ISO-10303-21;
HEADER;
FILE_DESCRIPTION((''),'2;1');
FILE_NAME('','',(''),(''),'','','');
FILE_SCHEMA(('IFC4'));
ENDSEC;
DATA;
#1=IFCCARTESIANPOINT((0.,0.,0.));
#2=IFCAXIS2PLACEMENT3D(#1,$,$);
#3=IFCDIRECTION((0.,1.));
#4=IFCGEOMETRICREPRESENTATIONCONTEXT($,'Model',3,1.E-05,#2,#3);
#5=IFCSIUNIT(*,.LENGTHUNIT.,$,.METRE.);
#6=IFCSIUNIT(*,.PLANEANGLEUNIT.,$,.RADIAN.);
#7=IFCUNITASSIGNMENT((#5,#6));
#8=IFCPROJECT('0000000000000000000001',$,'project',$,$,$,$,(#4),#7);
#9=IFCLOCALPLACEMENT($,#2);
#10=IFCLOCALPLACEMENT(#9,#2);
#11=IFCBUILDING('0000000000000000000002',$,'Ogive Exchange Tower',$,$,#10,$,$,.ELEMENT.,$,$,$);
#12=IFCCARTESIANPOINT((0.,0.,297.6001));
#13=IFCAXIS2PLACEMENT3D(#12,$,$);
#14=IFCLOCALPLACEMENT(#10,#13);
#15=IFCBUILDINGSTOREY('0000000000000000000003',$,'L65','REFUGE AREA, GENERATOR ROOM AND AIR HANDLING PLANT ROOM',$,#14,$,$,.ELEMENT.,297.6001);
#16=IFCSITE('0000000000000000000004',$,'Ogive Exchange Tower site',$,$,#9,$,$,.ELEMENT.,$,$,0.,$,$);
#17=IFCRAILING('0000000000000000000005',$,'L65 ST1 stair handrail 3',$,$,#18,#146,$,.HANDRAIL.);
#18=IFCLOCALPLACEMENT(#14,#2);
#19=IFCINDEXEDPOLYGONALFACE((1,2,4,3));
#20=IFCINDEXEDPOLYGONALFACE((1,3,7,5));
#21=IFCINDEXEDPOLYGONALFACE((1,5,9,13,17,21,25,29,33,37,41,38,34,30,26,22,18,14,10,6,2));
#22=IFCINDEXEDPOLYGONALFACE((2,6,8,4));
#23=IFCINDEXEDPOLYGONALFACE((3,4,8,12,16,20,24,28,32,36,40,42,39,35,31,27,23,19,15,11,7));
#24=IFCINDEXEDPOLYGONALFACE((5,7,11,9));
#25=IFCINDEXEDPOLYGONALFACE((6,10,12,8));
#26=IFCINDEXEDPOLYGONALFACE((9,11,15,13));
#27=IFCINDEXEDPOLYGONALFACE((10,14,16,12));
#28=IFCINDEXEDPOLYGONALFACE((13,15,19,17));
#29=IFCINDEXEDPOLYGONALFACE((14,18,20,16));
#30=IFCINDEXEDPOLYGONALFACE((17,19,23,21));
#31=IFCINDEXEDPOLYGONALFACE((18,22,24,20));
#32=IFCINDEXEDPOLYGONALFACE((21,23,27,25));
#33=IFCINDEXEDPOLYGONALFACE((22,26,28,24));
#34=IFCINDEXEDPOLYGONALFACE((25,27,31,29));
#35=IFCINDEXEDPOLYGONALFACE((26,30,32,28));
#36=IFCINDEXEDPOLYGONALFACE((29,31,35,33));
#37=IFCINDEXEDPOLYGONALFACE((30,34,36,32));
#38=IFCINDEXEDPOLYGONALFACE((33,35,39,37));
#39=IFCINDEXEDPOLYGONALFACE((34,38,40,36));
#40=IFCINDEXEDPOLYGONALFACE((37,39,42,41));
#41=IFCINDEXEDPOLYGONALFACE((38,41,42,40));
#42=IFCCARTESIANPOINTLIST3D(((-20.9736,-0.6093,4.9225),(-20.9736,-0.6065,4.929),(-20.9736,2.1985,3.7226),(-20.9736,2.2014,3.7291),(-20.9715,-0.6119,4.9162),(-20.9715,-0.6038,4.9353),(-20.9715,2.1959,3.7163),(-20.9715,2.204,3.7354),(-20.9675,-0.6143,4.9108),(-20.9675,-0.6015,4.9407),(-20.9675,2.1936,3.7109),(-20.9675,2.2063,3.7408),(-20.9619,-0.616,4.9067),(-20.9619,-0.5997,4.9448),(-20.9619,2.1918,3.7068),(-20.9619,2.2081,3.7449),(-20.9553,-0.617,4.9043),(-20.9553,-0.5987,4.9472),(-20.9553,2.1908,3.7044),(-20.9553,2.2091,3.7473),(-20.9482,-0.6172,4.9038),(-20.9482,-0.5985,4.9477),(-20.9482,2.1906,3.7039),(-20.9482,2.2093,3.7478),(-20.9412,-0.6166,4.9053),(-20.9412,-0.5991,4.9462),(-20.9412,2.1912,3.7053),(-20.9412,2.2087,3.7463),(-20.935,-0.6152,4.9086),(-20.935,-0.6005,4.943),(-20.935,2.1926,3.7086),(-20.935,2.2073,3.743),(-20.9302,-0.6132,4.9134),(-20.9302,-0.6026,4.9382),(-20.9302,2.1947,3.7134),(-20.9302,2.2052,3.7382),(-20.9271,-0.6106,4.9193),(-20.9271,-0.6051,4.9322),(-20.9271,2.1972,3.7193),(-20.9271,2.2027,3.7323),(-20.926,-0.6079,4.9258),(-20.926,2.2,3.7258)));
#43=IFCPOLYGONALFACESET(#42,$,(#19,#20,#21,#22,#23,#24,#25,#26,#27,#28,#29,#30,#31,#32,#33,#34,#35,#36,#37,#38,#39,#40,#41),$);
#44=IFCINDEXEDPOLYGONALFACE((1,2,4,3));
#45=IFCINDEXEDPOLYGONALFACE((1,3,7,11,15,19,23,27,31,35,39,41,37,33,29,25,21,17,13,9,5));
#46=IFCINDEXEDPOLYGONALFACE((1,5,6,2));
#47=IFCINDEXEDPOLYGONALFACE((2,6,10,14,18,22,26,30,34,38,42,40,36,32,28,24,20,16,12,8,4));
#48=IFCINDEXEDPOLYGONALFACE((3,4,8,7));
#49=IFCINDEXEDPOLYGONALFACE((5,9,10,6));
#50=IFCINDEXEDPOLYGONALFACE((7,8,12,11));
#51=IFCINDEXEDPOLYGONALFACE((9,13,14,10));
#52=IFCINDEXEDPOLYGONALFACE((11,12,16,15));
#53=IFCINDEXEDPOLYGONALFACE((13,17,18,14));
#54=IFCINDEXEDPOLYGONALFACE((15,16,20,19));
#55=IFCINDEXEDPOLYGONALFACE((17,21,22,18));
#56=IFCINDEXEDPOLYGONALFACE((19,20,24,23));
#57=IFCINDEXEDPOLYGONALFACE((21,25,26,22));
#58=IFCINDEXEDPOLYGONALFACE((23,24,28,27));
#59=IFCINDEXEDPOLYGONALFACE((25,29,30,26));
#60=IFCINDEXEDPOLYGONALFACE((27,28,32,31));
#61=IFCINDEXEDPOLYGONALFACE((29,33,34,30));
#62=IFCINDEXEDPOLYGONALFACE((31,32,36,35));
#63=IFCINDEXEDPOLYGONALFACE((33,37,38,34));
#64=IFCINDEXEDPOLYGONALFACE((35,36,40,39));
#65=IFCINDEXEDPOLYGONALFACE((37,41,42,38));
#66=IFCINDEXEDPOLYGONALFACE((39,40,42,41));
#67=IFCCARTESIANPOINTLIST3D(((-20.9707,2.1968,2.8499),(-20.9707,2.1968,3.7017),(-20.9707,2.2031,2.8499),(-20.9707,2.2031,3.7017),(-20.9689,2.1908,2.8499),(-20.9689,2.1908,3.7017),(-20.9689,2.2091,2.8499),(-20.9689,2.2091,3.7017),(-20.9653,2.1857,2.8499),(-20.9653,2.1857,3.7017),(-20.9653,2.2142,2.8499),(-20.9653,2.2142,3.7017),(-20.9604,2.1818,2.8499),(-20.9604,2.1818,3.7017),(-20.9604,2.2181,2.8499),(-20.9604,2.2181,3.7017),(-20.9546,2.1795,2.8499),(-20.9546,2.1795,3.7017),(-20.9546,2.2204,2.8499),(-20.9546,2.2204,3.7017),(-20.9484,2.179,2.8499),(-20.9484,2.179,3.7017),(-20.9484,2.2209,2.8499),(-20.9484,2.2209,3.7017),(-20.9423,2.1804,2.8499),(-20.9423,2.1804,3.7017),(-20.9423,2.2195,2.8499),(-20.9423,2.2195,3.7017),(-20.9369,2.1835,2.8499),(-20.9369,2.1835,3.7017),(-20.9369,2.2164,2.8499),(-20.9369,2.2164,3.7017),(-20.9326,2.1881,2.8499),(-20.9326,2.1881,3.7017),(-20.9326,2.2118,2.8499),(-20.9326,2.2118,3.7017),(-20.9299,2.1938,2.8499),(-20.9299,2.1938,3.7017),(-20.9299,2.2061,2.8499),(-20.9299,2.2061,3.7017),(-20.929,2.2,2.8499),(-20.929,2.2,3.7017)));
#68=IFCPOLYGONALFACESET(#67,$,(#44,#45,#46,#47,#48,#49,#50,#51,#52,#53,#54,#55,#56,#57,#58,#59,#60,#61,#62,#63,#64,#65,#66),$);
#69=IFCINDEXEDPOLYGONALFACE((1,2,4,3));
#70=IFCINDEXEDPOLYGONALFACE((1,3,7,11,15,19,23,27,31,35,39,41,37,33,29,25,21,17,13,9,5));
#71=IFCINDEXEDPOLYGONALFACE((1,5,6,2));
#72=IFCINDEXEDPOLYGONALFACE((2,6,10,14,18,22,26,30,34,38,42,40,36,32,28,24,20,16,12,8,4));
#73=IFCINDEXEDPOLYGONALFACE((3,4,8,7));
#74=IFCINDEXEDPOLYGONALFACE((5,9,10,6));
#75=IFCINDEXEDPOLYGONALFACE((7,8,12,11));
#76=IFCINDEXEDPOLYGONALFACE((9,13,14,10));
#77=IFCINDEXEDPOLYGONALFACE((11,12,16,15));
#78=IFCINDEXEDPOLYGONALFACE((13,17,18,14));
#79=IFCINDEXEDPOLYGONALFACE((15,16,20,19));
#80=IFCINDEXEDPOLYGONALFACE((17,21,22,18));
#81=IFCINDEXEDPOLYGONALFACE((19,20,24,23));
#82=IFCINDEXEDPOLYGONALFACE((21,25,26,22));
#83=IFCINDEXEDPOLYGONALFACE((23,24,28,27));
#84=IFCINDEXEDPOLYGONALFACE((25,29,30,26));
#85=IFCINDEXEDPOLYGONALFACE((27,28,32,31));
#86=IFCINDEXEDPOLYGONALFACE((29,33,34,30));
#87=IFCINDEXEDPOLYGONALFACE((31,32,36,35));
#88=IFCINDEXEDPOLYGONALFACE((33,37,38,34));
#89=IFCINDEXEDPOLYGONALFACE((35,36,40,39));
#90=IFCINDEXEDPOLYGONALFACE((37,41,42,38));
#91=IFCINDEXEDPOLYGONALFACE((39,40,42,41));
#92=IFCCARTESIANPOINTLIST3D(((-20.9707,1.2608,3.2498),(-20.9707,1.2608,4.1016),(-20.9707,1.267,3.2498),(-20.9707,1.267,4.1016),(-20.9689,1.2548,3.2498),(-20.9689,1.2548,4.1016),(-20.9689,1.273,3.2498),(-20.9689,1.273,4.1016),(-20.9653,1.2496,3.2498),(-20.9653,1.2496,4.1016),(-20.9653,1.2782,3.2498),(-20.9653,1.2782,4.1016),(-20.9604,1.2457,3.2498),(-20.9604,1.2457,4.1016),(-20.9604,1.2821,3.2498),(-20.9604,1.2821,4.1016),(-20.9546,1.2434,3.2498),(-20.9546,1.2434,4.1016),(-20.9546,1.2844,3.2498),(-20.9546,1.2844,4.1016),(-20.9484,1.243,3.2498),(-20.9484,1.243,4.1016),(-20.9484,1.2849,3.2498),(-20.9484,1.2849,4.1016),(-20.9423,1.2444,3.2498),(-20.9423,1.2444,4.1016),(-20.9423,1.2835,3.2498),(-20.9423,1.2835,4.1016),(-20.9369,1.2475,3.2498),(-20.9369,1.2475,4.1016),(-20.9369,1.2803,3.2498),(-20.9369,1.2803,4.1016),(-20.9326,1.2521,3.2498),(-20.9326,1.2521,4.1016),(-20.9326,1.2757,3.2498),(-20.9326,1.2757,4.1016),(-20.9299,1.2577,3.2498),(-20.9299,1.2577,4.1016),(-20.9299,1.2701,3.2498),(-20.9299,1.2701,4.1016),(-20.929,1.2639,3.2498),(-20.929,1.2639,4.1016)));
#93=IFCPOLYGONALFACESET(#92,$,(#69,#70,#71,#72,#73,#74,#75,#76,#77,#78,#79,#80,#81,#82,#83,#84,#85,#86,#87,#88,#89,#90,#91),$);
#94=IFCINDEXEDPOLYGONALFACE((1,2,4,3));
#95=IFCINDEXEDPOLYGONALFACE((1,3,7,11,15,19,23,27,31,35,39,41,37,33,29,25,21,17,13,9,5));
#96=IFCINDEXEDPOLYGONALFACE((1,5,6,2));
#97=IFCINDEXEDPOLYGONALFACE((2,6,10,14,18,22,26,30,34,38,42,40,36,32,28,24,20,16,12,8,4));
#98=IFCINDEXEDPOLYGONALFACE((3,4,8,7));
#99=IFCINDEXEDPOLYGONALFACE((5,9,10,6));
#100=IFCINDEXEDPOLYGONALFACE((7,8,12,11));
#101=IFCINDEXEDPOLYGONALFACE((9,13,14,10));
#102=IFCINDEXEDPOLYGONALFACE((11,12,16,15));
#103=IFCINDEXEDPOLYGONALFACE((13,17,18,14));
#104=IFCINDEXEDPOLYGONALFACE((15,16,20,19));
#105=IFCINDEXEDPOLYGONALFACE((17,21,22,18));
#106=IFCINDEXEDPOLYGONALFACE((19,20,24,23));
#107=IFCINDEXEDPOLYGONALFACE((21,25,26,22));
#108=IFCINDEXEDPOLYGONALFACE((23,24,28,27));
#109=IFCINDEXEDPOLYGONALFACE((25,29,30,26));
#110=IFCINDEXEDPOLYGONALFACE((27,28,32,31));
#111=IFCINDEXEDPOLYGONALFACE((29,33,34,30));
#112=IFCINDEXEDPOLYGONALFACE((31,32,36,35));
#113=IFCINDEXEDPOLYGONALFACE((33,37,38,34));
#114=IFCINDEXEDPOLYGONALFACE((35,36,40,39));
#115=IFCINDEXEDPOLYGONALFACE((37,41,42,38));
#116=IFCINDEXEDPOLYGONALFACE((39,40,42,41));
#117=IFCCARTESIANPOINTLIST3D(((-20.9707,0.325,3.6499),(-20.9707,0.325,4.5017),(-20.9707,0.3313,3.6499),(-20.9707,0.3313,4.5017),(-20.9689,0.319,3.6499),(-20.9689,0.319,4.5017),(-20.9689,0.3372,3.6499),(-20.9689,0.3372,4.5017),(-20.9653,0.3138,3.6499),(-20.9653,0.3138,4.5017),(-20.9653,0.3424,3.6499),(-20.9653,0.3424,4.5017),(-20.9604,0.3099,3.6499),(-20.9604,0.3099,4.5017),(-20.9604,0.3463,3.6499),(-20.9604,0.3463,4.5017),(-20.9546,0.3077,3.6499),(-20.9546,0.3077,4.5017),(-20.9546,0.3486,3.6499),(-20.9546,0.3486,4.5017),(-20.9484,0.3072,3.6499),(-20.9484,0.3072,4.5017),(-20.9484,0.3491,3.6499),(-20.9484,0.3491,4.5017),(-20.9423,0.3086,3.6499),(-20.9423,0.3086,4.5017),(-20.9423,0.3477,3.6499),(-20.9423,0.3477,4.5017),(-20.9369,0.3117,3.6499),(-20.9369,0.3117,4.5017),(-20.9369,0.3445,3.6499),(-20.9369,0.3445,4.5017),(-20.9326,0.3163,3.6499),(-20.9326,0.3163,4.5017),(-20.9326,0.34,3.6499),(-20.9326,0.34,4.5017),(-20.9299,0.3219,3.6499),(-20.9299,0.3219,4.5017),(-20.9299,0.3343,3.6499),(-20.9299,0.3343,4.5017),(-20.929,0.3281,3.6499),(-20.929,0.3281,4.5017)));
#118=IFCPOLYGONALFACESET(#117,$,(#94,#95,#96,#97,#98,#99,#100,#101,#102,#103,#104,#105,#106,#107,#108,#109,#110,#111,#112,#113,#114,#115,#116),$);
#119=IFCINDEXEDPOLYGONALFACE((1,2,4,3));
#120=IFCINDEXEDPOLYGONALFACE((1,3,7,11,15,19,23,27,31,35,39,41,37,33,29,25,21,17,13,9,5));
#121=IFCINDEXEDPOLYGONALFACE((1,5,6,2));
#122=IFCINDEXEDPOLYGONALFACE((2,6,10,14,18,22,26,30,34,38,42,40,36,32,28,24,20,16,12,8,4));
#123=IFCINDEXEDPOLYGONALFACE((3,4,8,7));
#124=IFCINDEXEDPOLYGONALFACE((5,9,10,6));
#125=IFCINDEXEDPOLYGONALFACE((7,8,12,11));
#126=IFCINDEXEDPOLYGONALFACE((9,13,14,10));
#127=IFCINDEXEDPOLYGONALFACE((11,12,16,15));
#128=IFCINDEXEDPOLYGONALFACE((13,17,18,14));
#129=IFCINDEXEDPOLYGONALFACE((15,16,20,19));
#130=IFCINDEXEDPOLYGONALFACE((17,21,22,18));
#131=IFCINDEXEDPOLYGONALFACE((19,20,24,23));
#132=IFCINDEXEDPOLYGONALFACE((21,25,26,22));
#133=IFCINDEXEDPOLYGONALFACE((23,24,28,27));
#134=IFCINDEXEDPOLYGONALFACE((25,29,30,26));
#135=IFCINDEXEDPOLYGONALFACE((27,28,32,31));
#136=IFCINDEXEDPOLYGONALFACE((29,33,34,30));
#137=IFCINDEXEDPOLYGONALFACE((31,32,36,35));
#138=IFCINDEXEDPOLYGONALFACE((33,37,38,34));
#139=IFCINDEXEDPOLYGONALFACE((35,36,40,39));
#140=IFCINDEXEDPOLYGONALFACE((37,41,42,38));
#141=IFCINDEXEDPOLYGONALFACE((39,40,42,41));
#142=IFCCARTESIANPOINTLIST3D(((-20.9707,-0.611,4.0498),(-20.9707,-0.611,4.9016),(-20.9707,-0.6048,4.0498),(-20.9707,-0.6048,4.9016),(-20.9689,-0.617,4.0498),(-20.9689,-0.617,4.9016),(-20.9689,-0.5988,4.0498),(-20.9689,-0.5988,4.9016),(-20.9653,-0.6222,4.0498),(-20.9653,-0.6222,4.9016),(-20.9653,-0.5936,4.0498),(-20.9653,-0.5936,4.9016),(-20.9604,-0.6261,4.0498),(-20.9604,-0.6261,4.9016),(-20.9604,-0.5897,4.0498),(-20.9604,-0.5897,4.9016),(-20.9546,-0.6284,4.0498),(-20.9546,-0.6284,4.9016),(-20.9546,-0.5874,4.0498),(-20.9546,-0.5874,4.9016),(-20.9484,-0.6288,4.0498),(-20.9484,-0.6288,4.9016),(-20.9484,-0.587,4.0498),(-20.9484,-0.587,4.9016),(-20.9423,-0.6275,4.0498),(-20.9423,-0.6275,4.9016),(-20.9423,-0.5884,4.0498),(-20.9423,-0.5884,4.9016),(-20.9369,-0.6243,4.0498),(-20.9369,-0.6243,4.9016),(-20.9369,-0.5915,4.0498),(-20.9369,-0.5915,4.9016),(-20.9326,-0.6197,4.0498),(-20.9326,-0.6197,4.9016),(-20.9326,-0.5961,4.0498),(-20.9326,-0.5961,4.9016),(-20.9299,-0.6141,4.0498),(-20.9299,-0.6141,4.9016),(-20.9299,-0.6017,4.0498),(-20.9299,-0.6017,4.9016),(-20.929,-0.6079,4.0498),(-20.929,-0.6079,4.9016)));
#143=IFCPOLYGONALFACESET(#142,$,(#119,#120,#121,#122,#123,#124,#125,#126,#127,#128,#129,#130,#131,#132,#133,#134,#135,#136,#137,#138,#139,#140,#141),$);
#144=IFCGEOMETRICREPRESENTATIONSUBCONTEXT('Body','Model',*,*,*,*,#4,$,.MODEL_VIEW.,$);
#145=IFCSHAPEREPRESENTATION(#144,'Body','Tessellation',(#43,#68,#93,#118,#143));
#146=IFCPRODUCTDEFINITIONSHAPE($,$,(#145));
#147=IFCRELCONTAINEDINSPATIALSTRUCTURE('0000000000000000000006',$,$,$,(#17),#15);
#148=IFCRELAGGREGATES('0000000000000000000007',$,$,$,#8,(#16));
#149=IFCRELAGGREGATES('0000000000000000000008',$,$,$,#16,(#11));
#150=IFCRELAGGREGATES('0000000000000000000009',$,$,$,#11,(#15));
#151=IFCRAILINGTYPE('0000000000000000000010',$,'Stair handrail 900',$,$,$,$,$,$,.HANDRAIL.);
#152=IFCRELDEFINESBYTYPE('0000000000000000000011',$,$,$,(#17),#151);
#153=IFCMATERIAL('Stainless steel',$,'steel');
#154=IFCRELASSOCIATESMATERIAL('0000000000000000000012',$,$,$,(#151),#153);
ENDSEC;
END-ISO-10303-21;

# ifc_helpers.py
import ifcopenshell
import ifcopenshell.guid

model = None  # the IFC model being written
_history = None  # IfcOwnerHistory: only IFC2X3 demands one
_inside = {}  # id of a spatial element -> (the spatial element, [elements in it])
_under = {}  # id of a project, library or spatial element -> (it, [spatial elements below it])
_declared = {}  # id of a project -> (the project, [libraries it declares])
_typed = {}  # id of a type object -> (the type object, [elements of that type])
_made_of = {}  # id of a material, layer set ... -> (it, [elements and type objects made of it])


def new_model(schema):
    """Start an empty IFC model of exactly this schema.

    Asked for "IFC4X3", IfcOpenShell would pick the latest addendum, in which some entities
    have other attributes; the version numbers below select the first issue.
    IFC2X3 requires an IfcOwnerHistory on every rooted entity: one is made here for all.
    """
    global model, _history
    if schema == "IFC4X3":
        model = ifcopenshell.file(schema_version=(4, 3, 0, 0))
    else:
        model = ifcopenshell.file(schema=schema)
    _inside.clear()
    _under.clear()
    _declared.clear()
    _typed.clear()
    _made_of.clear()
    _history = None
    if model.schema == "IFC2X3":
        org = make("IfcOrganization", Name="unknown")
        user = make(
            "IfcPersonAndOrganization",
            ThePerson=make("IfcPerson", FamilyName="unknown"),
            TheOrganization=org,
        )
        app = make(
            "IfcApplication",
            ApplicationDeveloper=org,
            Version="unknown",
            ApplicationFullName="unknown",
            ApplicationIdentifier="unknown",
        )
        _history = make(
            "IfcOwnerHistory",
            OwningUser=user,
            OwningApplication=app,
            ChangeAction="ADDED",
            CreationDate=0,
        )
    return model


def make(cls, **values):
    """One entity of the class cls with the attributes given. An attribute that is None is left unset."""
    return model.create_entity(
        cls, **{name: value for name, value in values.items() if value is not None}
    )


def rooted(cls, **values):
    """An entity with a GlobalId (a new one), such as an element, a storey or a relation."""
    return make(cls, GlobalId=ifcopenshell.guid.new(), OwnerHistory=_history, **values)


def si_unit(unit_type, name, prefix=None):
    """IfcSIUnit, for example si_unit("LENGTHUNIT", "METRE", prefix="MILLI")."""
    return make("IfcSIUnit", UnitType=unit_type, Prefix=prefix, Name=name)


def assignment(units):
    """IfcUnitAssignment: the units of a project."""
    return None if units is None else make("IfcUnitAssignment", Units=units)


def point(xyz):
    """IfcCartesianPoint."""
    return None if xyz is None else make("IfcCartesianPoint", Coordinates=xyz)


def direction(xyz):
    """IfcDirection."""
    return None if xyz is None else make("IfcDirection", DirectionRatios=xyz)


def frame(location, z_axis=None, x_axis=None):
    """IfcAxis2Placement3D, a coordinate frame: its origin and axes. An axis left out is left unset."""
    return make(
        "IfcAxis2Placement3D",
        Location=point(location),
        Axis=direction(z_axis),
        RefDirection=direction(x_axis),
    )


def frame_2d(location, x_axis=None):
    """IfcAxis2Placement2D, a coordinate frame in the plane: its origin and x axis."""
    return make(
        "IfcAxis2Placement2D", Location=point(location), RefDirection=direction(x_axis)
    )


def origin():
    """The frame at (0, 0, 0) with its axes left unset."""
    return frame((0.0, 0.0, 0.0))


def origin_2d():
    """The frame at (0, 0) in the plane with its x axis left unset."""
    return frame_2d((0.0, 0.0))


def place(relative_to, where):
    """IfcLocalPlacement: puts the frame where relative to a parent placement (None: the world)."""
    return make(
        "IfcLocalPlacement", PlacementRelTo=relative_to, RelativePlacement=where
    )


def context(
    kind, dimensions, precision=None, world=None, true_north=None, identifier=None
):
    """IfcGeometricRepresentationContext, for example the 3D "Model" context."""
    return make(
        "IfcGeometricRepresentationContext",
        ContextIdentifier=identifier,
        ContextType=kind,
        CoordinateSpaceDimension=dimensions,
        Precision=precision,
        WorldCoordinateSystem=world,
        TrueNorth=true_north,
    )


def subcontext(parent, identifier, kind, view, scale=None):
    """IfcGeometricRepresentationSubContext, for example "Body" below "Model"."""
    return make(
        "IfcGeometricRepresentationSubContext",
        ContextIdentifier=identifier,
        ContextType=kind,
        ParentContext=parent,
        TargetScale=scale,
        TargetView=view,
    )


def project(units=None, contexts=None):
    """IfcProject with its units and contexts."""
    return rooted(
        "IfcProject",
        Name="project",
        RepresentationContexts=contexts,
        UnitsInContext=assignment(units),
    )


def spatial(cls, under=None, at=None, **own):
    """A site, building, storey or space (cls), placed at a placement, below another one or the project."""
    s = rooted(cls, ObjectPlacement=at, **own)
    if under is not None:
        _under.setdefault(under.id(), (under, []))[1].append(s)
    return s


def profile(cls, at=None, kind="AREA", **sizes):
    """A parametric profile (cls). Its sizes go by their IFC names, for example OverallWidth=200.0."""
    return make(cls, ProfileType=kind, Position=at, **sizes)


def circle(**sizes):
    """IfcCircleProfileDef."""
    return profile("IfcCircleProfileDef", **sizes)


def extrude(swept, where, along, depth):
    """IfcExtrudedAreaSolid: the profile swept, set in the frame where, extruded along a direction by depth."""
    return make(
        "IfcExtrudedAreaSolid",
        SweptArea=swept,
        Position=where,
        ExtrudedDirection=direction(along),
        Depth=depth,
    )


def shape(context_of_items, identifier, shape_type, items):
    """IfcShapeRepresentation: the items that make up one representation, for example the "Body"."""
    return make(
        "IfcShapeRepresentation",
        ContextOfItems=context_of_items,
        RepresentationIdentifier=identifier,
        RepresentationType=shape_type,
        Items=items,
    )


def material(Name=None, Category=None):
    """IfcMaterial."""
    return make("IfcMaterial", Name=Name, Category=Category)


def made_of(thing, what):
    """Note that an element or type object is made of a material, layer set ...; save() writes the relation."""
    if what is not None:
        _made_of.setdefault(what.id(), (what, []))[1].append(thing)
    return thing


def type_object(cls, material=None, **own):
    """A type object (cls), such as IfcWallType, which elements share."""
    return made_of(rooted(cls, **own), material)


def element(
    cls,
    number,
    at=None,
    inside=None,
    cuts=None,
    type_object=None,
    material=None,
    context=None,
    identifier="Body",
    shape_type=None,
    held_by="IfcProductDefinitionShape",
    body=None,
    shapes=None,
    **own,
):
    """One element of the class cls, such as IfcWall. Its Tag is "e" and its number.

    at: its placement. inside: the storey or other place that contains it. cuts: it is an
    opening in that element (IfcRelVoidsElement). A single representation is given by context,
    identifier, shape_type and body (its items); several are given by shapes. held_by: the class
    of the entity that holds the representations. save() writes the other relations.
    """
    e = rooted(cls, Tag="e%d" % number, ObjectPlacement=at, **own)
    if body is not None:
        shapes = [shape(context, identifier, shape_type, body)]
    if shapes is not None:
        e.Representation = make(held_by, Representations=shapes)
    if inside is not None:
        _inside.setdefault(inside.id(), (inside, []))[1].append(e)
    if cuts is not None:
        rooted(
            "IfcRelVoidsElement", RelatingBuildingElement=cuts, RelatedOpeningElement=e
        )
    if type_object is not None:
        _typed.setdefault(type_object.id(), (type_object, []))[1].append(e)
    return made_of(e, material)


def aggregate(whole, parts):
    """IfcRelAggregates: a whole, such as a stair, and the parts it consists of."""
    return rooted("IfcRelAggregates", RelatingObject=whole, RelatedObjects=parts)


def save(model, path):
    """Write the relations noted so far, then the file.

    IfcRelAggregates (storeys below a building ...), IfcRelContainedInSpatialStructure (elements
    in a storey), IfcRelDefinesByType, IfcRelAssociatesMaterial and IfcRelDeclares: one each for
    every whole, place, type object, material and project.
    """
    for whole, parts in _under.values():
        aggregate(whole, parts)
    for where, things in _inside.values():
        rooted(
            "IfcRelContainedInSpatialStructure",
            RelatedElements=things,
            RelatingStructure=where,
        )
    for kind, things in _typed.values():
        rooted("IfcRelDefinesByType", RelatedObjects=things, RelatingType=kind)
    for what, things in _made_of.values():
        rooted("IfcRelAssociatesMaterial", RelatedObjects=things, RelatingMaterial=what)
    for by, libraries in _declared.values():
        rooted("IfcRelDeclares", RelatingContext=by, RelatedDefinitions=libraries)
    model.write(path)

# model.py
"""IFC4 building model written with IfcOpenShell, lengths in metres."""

from ifc_helpers import new_model, si_unit, direction, frame, origin, origin_2d, place, context, subcontext, project, spatial, circle, extrude, material, type_object, element, save


model = new_model("IFC4")

# Units and contexts
model_context = context("Model", 3, precision=1e-05, world=origin(), true_north=direction((0.0, 1.0)))
body_context = subcontext(model_context, "Body", "Model", "MODEL_VIEW")
ifc_project = project(units=[si_unit("LENGTHUNIT", "METRE"), si_unit("PLANEANGLEUNIT", "RADIAN")], contexts=[model_context])

# Site, building, storey
site_placement = place(None, origin())
site = spatial("IfcSite", under=ifc_project, at=site_placement, Name="Ogive Exchange Tower site", CompositionType="ELEMENT", RefElevation=0.0)
building_placement = place(site_placement, origin())
building = spatial("IfcBuilding", under=site, at=building_placement, Name="Ogive Exchange Tower", CompositionType="ELEMENT")
storey_placement = place(building_placement, frame((0.0, 0.0, 297.6001)))
storey = spatial("IfcBuildingStorey", under=building, at=storey_placement, Name="L65", Description="REFUGE AREA, GENERATOR ROOM AND AIR HANDLING PLANT ROOM", CompositionType="ELEMENT", Elevation=297.6001)

# Shared definitions
ifc_material_1 = material(Name="Stainless steel", Category="steel")

# Railing
railing_type = type_object("IfcRailingType", Name="Stair handrail 900", PredefinedType="HANDRAIL", material=ifc_material_1)
railing_1_placement = place(storey_placement, frame((-20.95, 2.2, 2.8499)))
element("IfcRailing", 1, at=railing_1_placement, inside=storey, type_object=railing_type, Name="L65 ST1 stair handrail 3", PredefinedType="HANDRAIL", context=body_context, shape_type="SweptSolid", body=[
    extrude(circle(Radius=0.0239, at=origin_2d()), frame((0.0, 0.0, 0.876), z_axis=(0.0, -0.91955, 0.392973), x_axis=(1.0, 0.0, 0.0)), (0.0, 0.0, 1.0), 3.0535),
    extrude(circle(Radius=0.021, at=origin_2d()), origin(), (0.0, 0.0, 1.0), 0.8518),
    extrude(circle(Radius=0.021, at=origin_2d()), frame((0.0, -0.936, 0.3999)), (0.0, 0.0, 1.0), 0.8518),
    extrude(circle(Radius=0.021, at=origin_2d()), frame((0.0, -1.8718, 0.8)), (0.0, 0.0, 1.0), 0.8518),
    extrude(circle(Radius=0.021, at=origin_2d()), frame((0.0, -2.8079, 1.2)), (0.0, 0.0, 1.0), 0.8518),
])

save(model, "model.ifc")
